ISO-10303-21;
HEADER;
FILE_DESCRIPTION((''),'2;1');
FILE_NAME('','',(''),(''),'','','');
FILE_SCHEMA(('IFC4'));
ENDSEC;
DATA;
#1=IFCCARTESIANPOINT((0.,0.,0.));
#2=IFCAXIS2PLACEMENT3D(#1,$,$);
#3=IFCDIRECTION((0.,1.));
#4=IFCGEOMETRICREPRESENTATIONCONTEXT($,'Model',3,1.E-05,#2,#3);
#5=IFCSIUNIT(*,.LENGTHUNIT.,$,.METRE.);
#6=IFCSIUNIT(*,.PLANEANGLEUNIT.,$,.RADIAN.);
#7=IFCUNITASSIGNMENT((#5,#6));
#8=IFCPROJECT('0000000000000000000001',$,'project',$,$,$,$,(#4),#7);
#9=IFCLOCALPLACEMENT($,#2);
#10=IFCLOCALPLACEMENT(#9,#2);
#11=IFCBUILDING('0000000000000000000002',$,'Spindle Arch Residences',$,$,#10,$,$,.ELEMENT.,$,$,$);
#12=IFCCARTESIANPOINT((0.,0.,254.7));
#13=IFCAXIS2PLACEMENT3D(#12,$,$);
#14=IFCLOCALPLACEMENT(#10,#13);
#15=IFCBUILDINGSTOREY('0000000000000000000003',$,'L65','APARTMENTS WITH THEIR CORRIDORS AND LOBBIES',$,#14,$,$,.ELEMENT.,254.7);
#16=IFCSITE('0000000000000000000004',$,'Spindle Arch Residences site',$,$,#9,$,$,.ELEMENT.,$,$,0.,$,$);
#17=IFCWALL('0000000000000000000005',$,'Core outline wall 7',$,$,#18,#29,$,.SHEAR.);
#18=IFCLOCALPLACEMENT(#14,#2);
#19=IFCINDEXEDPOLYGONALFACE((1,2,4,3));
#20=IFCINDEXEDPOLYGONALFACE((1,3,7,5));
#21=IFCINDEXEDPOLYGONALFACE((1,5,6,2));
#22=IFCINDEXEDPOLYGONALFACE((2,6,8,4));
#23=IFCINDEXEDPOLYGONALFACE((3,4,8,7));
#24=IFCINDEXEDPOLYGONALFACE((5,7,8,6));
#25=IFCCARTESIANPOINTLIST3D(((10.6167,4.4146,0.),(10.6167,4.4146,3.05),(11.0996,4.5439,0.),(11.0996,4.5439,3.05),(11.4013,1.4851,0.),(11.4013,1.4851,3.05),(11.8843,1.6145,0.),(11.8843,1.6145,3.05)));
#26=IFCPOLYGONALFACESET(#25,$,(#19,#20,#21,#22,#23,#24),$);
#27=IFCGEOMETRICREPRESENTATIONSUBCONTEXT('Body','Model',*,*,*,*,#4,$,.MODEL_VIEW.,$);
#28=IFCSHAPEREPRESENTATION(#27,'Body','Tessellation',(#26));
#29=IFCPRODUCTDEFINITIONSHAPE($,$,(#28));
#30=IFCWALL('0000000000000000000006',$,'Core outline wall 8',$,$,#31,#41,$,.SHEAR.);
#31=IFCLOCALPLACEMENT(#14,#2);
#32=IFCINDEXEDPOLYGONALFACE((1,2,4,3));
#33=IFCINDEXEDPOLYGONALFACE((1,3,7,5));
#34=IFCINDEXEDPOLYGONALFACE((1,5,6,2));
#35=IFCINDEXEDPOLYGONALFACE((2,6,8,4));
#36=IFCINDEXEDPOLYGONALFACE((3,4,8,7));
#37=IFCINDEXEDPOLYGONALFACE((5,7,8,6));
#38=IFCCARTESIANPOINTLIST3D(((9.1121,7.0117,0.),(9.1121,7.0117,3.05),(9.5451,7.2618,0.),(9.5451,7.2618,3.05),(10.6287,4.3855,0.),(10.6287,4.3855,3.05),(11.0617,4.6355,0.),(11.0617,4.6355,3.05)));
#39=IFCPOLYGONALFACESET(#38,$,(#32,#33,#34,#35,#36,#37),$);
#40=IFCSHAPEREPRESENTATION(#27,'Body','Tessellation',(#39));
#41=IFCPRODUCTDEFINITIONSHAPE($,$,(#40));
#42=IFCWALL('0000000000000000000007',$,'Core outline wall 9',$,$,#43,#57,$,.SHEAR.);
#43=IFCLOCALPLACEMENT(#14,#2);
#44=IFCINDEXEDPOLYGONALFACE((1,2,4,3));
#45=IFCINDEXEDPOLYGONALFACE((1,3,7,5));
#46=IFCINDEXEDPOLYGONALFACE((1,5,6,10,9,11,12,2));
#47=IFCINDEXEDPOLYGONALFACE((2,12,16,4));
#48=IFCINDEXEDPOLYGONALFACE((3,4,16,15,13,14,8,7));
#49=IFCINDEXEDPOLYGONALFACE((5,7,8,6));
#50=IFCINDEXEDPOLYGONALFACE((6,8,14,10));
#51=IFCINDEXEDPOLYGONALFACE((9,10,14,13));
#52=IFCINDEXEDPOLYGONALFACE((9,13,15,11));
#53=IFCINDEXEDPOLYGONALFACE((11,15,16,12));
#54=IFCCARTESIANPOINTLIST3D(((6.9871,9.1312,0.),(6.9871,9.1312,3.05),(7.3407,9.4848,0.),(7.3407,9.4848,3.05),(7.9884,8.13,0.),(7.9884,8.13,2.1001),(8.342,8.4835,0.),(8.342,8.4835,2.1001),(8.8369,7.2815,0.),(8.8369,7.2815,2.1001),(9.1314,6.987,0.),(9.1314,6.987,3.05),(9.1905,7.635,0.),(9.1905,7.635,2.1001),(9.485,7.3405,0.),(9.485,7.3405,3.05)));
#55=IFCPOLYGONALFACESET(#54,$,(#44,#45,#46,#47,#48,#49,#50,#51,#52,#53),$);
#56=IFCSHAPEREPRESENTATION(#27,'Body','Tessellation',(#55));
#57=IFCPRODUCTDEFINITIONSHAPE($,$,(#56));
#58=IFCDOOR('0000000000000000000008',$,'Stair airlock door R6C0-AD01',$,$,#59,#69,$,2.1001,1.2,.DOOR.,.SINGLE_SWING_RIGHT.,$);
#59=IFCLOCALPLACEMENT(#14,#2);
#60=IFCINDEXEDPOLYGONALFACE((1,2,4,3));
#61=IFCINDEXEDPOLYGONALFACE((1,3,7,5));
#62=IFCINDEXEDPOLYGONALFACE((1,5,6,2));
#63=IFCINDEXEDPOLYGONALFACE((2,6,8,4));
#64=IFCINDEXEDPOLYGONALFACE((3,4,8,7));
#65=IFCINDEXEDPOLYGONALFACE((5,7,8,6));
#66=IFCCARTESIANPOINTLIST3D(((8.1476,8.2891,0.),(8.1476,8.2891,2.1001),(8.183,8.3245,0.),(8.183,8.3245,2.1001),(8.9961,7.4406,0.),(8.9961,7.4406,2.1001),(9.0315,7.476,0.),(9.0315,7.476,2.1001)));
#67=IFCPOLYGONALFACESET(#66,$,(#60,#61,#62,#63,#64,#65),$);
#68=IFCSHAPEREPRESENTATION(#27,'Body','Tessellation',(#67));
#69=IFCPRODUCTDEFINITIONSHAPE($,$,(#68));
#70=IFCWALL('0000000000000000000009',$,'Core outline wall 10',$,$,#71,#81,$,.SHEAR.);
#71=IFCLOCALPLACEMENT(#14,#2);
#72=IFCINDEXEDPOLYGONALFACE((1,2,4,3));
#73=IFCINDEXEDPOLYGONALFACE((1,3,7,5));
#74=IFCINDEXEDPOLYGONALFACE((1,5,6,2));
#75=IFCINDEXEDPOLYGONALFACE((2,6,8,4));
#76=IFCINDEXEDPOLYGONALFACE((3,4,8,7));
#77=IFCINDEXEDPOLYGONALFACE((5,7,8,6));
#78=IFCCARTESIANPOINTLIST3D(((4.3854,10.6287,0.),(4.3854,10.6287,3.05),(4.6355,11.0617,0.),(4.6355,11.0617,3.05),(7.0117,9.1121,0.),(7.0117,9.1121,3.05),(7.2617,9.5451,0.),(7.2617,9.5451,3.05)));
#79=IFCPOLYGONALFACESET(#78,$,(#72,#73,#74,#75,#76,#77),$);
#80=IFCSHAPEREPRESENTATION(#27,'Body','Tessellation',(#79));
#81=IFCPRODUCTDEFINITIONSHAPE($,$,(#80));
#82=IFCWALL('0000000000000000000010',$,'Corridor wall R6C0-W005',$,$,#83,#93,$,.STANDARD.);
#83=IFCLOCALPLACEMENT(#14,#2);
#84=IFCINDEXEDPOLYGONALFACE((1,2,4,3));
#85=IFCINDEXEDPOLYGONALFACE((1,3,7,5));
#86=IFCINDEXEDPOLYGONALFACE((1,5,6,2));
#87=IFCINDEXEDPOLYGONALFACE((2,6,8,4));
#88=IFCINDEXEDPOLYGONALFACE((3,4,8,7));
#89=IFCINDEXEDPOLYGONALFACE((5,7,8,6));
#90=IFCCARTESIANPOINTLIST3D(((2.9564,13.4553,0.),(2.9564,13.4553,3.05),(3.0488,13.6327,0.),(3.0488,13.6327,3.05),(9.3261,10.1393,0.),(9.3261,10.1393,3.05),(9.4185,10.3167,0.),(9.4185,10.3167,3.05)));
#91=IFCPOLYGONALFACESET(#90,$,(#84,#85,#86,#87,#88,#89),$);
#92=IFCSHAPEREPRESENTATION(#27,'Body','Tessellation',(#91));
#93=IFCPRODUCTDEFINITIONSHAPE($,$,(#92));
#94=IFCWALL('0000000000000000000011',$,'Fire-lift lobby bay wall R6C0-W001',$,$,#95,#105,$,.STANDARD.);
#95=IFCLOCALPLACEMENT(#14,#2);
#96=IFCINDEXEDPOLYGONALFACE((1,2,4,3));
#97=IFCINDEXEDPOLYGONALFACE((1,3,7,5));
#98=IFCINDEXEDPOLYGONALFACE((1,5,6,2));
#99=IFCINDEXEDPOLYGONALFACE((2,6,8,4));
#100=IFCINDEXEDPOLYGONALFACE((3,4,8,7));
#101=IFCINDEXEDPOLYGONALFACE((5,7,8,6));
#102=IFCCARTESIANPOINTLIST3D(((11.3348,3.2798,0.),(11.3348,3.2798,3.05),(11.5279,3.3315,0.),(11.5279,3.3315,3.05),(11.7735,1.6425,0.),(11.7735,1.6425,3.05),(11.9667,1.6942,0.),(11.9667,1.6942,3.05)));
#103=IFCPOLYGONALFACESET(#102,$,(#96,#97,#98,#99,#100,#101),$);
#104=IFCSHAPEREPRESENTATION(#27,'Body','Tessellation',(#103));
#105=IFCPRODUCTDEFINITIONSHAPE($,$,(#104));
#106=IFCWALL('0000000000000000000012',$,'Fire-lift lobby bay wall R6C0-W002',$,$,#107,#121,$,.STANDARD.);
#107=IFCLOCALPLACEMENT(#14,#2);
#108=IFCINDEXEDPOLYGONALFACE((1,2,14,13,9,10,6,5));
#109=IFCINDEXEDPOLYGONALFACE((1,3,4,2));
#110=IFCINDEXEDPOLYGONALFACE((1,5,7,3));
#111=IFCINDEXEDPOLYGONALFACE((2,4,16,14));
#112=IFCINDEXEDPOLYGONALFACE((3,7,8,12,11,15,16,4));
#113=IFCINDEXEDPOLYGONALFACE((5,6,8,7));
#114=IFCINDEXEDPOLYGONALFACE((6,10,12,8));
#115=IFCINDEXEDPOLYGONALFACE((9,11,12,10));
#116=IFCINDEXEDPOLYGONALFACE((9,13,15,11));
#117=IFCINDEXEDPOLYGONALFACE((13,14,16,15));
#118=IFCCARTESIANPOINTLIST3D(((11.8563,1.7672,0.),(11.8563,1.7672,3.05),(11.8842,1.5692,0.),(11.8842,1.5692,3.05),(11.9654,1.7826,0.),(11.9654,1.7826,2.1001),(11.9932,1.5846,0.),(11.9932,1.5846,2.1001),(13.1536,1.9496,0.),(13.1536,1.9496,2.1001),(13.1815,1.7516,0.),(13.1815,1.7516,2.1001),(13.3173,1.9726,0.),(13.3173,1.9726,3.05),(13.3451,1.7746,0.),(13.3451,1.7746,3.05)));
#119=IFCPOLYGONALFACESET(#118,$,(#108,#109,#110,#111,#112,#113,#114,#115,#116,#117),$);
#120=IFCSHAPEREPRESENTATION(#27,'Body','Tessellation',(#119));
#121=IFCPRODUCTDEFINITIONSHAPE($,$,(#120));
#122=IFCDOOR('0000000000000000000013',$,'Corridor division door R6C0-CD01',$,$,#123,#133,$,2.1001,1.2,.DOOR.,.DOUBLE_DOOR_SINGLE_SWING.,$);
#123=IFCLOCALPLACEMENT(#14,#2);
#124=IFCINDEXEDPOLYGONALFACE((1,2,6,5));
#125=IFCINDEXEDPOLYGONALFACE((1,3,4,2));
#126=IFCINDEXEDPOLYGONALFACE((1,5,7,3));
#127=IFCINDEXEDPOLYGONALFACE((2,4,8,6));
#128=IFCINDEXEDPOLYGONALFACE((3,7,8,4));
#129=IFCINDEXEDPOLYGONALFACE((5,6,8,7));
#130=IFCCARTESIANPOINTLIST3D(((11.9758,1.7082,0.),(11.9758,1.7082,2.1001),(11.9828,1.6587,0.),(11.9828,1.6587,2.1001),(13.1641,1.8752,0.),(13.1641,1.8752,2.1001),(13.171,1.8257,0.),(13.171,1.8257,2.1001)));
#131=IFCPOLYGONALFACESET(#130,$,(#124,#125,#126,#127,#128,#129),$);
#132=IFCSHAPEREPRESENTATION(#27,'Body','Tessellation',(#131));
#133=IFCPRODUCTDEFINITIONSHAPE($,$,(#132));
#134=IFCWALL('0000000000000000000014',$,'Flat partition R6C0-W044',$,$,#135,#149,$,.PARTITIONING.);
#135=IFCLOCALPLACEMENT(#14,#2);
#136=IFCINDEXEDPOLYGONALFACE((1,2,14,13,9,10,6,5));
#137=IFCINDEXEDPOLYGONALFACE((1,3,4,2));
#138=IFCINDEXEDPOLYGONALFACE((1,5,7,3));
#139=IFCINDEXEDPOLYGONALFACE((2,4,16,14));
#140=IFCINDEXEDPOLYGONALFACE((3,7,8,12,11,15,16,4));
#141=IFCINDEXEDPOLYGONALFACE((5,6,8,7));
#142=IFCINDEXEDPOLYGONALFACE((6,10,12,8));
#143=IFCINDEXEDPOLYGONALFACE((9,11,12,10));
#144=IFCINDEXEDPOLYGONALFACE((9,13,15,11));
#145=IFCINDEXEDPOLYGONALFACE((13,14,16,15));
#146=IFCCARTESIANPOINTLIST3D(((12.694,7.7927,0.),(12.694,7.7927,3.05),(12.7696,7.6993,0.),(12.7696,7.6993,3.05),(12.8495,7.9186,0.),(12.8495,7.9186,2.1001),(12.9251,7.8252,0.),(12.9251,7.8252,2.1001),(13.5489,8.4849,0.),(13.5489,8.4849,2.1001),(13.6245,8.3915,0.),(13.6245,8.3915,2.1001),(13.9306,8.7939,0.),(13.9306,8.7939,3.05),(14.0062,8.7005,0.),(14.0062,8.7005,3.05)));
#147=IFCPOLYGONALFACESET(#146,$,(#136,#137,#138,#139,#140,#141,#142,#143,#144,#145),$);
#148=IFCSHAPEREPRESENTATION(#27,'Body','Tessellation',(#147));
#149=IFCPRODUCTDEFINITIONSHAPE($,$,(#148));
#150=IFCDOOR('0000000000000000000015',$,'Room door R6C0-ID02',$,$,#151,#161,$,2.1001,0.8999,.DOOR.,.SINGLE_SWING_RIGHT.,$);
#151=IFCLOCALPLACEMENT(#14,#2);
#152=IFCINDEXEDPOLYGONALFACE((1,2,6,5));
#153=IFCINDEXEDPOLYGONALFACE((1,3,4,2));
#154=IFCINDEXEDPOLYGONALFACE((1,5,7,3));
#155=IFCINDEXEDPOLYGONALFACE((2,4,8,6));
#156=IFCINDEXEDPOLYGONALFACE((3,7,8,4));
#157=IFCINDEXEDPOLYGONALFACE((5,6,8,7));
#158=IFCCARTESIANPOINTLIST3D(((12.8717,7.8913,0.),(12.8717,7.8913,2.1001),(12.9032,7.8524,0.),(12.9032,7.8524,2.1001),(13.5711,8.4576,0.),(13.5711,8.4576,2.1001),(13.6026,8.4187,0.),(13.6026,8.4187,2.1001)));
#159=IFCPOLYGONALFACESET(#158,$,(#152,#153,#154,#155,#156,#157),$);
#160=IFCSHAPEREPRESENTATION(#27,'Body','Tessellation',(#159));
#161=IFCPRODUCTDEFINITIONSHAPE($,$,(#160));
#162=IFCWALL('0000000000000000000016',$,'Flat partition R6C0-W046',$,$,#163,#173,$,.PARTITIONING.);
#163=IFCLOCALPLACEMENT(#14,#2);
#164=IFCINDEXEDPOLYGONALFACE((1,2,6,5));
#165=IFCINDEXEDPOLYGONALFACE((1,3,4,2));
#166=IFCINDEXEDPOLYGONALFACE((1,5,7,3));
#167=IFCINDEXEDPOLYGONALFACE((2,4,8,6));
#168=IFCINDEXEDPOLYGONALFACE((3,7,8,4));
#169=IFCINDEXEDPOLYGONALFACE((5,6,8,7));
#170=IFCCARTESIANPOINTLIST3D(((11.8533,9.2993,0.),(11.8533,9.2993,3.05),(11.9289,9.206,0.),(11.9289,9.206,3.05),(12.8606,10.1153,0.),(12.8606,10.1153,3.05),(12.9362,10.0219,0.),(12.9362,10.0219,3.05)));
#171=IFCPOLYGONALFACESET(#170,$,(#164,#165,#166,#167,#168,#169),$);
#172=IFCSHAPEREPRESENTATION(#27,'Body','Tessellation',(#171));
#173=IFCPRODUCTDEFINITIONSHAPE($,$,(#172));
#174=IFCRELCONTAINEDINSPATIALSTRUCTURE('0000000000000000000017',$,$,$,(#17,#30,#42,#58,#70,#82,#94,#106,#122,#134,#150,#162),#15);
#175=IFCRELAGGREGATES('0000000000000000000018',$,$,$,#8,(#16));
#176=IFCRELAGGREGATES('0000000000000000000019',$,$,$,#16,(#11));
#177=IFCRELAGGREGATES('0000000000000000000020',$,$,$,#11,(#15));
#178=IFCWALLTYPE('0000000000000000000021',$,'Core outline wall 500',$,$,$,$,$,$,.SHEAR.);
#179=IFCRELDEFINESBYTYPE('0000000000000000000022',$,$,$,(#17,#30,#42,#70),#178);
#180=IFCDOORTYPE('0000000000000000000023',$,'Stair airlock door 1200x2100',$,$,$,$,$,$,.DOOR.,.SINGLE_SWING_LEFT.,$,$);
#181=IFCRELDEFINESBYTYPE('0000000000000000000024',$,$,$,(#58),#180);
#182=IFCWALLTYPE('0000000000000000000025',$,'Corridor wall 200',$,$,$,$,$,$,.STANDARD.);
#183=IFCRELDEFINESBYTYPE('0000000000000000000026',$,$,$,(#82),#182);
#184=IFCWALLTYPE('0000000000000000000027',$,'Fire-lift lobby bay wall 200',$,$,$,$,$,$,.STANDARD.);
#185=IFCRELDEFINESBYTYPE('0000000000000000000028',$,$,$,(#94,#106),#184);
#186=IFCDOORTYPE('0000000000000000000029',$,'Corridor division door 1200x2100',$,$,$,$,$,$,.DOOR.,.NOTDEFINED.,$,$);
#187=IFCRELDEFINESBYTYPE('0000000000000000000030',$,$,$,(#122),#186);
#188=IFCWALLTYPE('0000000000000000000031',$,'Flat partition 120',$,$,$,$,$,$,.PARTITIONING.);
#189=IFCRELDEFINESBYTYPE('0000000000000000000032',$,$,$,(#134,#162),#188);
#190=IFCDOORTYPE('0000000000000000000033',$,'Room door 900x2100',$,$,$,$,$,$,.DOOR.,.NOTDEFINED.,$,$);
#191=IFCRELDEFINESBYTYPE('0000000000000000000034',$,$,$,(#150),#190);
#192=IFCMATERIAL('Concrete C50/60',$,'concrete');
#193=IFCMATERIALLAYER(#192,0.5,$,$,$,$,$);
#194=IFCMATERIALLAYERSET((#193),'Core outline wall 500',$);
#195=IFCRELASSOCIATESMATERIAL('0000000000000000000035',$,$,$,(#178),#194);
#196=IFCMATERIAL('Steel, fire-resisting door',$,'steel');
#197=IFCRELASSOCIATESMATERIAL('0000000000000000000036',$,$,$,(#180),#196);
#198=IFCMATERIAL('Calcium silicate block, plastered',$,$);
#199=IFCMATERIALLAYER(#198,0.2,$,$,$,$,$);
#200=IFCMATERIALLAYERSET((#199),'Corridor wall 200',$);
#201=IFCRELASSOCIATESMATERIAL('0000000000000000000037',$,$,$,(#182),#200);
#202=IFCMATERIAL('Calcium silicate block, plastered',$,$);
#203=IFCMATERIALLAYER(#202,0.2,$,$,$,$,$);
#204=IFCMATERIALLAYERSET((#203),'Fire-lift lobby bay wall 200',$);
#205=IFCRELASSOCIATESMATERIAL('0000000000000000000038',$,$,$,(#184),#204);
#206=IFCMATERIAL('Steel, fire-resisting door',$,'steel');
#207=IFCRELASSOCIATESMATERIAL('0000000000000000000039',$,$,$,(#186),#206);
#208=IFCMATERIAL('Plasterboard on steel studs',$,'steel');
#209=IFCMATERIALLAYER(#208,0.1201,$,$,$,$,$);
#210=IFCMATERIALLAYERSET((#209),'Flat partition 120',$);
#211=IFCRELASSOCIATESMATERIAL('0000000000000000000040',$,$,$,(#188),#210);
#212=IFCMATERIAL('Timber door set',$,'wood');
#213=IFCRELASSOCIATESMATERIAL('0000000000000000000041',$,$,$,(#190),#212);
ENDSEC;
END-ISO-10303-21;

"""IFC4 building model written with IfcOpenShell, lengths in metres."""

from ifc_helpers import new_model, si_unit, direction, frame, frame_2d, origin, place, context, subcontext, project, spatial, rectangle, extrude, material, layer, layer_set, type_object, element, fill, save


model = new_model("IFC4")

# Units and contexts
model_context = context("Model", 3, precision=1e-05, world=origin(), true_north=direction((0.0, 1.0)))
body_context = subcontext(model_context, "Body", "Model", "MODEL_VIEW")
ifc_project = project(units=[si_unit("LENGTHUNIT", "METRE"), si_unit("PLANEANGLEUNIT", "RADIAN")], contexts=[model_context])

# Site, building, storey
site_placement = place(None, origin())
site = spatial("IfcSite", under=ifc_project, at=site_placement, Name="Spindle Arch Residences site", CompositionType="ELEMENT", RefElevation=0.0)
building_placement = place(site_placement, origin())
building = spatial("IfcBuilding", under=site, at=building_placement, Name="Spindle Arch Residences", CompositionType="ELEMENT")
storey_placement = place(building_placement, frame((0.0, 0.0, 254.7)))
storey = spatial("IfcBuildingStorey", under=building, at=storey_placement, Name="L65", Description="APARTMENTS WITH THEIR CORRIDORS AND LOBBIES", CompositionType="ELEMENT", Elevation=254.7)

# Walls
ifc_material_1 = material(Name="Concrete C50/60", Category="concrete")
ifc_layer_1 = layer(ifc_material_1, 0.5)
ifc_layer_set_1 = layer_set([ifc_layer_1], Name="Core outline wall 500")
wall_type_1 = type_object("IfcWallType", Name="Core outline wall 500", PredefinedType="SHEAR", material=ifc_layer_set_1)
for number, where, z_axis, x_axis, name in (
    (1, (11.6428, 1.5498, 0.0), (0.0, 0.0, 1.0), (-0.258735, 0.965948, 0.0), "Core outline wall 7"),
    (2, (10.8452, 4.5105, 0.0), (0.0, 0.0, 1.0), (-0.500087, 0.865975, 0.0), "Core outline wall 8"),
):
    element("IfcWall", number, at=place(storey_placement, frame(where, z_axis=z_axis, x_axis=x_axis)), inside=storey, type_object=wall_type_1, Name=name, PredefinedType="SHEAR", context=body_context, shape_type="SweptSolid", body=[
        extrude(rectangle(XDim=3.0327, YDim=0.5, at=frame_2d((1.5164, 0.0))), origin(), (0.0, 0.0, 1.0), 3.05),
    ])

# Wall, opening, door
wall_1_placement = place(storey_placement, frame((9.3081, 7.1638, 0.0), z_axis=(0.0, 0.0, 1.0), x_axis=(-0.707107, 0.707107, 0.0)))
wall_1 = element("IfcWall", 3, at=wall_1_placement, inside=storey, type_object=wall_type_1, Name="Core outline wall 9", PredefinedType="SHEAR", context=body_context, shape_type="SweptSolid", body=[
    extrude(rectangle(XDim=3.0325, YDim=0.5, at=frame_2d((1.5161, 0.0))), origin(), (0.0, 0.0, 1.0), 3.05),
])
opening_1_placement = place(wall_1_placement, frame((0.4163, 0.0, 0.0)))
opening_1 = element("IfcOpeningElement", 4, at=opening_1_placement, cuts=wall_1, PredefinedType="OPENING", context=body_context, shape_type="SweptSolid", body=[
    extrude(rectangle(XDim=1.2, YDim=2.1001, at=frame_2d((0.6001, 1.05))), frame((0.0, 0.26, 0.0), z_axis=(0.0, -1.0, 0.0), x_axis=(1.0, 0.0, 0.0)), (0.0, 0.0, 1.0), 0.52),
])
ifc_material_2 = material(Name="Steel, fire-resisting door", Category="steel")
door_type_1 = type_object("IfcDoorType", Name="Stair airlock door 1200x2100", OperationType="SINGLE_SWING_LEFT", PredefinedType="DOOR", material=ifc_material_2)
door_1_placement = place(opening_1_placement, origin())
door_1 = element("IfcDoor", 5, at=door_1_placement, inside=storey, type_object=door_type_1, Name="Stair airlock door R6C0-AD01", OperationType="SINGLE_SWING_RIGHT", OverallHeight=2.1001, OverallWidth=1.2, PredefinedType="DOOR", context=body_context, shape_type="SweptSolid", body=[
    extrude(rectangle(XDim=1.2, YDim=2.1001, at=frame_2d((0.6001, 1.05))), frame((0.0, 0.0249, 0.0), z_axis=(0.0, -1.0, 0.0), x_axis=(1.0, 0.0, 0.0)), (0.0, 0.0, 1.0), 0.05),
])
fill(opening_1, door_1)

# Walls
wall_2_placement = place(storey_placement, frame((7.1367, 9.3286, 0.0), z_axis=(0.0, 0.0, 1.0), x_axis=(-0.865975, 0.500087, 0.0)))
element("IfcWall", 6, at=wall_2_placement, inside=storey, type_object=wall_type_1, Name="Core outline wall 10", PredefinedType="SHEAR", context=body_context, shape_type="SweptSolid", body=[
    extrude(rectangle(XDim=3.0327, YDim=0.5, at=frame_2d((1.5164, 0.0))), origin(), (0.0, 0.0, 1.0), 3.05),
])
ifc_material_3 = material(Name="Calcium silicate block, plastered")
ifc_layer_2 = layer(ifc_material_3, 0.2)
ifc_layer_set_2 = layer_set([ifc_layer_2], Name="Corridor wall 200")
wall_type_2 = type_object("IfcWallType", Name="Corridor wall 200", PredefinedType="STANDARD", material=ifc_layer_set_2)
wall_3_placement = place(storey_placement, frame((9.3723, 10.228, 0.0), z_axis=(0.0, 0.0, 1.0), x_axis=(-0.887005, 0.461759, 0.0)))
element("IfcWall", 7, at=wall_3_placement, inside=storey, type_object=wall_type_2, Name="Corridor wall R6C0-W005", PredefinedType="STANDARD", context=body_context, shape_type="SweptSolid", body=[
    extrude(rectangle(XDim=7.1812, YDim=0.2, at=frame_2d((3.5906, 0.0))), origin(), (0.0, 0.0, 1.0), 3.05),
])
ifc_material_4 = material(Name="Calcium silicate block, plastered")
ifc_layer_3 = layer(ifc_material_4, 0.2)
ifc_layer_set_3 = layer_set([ifc_layer_3], Name="Fire-lift lobby bay wall 200")
wall_type_3 = type_object("IfcWallType", Name="Fire-lift lobby bay wall 200", PredefinedType="STANDARD", material=ifc_layer_set_3)
wall_4_placement = place(storey_placement, frame((11.8701, 1.6682, 0.0), z_axis=(0.0, 0.0, 1.0), x_axis=(-0.258837, 0.965921, 0.0)))
element("IfcWall", 8, at=wall_4_placement, inside=storey, type_object=wall_type_3, Name="Fire-lift lobby bay wall R6C0-W001", PredefinedType="STANDARD", context=body_context, shape_type="SweptSolid", body=[
    extrude(rectangle(XDim=1.6951, YDim=0.2, at=frame_2d((0.8477, 0.0))), origin(), (0.0, 0.0, 1.0), 3.05),
])

# Walls, openings, doors
wall_5_placement = place(storey_placement, frame((11.8701, 1.6682, 0.0), z_axis=(0.0, 0.0, 1.0), x_axis=(0.990268, 0.139174, 0.0)))
wall_5 = element("IfcWall", 9, at=wall_5_placement, inside=storey, type_object=wall_type_3, Name="Fire-lift lobby bay wall R6C0-W002", PredefinedType="STANDARD", context=body_context, shape_type="SweptSolid", body=[
    extrude(rectangle(XDim=1.4753, YDim=0.2, at=frame_2d((0.7378, 0.0))), origin(), (0.0, 0.0, 1.0), 3.05),
])
opening_2_placement = place(wall_5_placement, frame((0.1101, 0.0, 0.0)))
opening_2 = element("IfcOpeningElement", 10, at=opening_2_placement, cuts=wall_5, PredefinedType="OPENING", context=body_context, shape_type="SweptSolid", body=[
    extrude(rectangle(XDim=1.2, YDim=2.1001, at=frame_2d((0.6001, 1.05))), frame((0.0, 0.1099, 0.0), z_axis=(0.0, -1.0, 0.0), x_axis=(1.0, 0.0, 0.0)), (0.0, 0.0, 1.0), 0.22),
])
ifc_material_5 = material(Name="Steel, fire-resisting door", Category="steel")
door_type_2 = type_object("IfcDoorType", Name="Corridor division door 1200x2100", OperationType="NOTDEFINED", PredefinedType="DOOR", material=ifc_material_5)
door_2_placement = place(opening_2_placement, origin())
door_2 = element("IfcDoor", 11, at=door_2_placement, inside=storey, type_object=door_type_2, Name="Corridor division door R6C0-CD01", OperationType="DOUBLE_DOOR_SINGLE_SWING", OverallHeight=2.1001, OverallWidth=1.2, PredefinedType="DOOR", context=body_context, shape_type="SweptSolid", body=[
    extrude(rectangle(XDim=1.2, YDim=2.1001, at=frame_2d((0.6001, 1.05))), frame((0.0, 0.0249, 0.0), z_axis=(0.0, -1.0, 0.0), x_axis=(1.0, 0.0, 0.0)), (0.0, 0.0, 1.0), 0.05),
])
fill(opening_2, door_2)
ifc_material_6 = material(Name="Plasterboard on steel studs", Category="steel")
ifc_layer_4 = layer(ifc_material_6, 0.1201)
ifc_layer_set_4 = layer_set([ifc_layer_4], Name="Flat partition 120")
wall_type_4 = type_object("IfcWallType", Name="Flat partition 120", PredefinedType="PARTITIONING", material=ifc_layer_set_4)
wall_6_placement = place(storey_placement, frame((12.7319, 7.7461, 0.0), z_axis=(0.0, 0.0, 1.0), x_axis=(0.777188, 0.629269, 0.0)))
wall_6 = element("IfcWall", 12, at=wall_6_placement, inside=storey, type_object=wall_type_4, Name="Flat partition R6C0-W044", PredefinedType="PARTITIONING", context=body_context, shape_type="SweptSolid", body=[
    extrude(rectangle(XDim=1.5911, YDim=0.1201, at=frame_2d((0.7954, 0.0))), origin(), (0.0, 0.0, 1.0), 3.05),
])
opening_3_placement = place(wall_6_placement, frame((0.2, 0.0, 0.0)))
opening_3 = element("IfcOpeningElement", 13, at=opening_3_placement, cuts=wall_6, PredefinedType="OPENING", context=body_context, shape_type="SweptSolid", body=[
    extrude(rectangle(XDim=0.8999, YDim=2.1001, at=frame_2d((0.45, 1.05))), frame((0.0, 0.0701, 0.0), z_axis=(0.0, -1.0, 0.0), x_axis=(1.0, 0.0, 0.0)), (0.0, 0.0, 1.0), 0.1401),
])
ifc_material_7 = material(Name="Timber door set", Category="wood")
door_type_3 = type_object("IfcDoorType", Name="Room door 900x2100", OperationType="NOTDEFINED", PredefinedType="DOOR", material=ifc_material_7)
door_3_placement = place(opening_3_placement, origin())
door_3 = element("IfcDoor", 14, at=door_3_placement, inside=storey, type_object=door_type_3, Name="Room door R6C0-ID02", OperationType="SINGLE_SWING_RIGHT", OverallHeight=2.1001, OverallWidth=0.8999, PredefinedType="DOOR", context=body_context, shape_type="SweptSolid", body=[
    extrude(rectangle(XDim=0.8999, YDim=2.1001, at=frame_2d((0.45, 1.05))), frame((0.0, 0.0249, 0.0), z_axis=(0.0, -1.0, 0.0), x_axis=(1.0, 0.0, 0.0)), (0.0, 0.0, 1.0), 0.05),
])
fill(opening_3, door_3)

# Wall
wall_7_placement = place(storey_placement, frame((12.8984, 10.0686, 0.0), z_axis=(0.0, 0.0, 1.0), x_axis=(-0.777069, -0.629415, 0.0)))
element("IfcWall", 15, at=wall_7_placement, inside=storey, type_object=wall_type_4, Name="Flat partition R6C0-W046", PredefinedType="PARTITIONING", context=body_context, shape_type="SweptSolid", body=[
    extrude(rectangle(XDim=1.2964, YDim=0.1201, at=frame_2d((0.6482, 0.0))), origin(), (0.0, 0.0, 1.0), 3.05),
])

save(model, "model.ifc")
